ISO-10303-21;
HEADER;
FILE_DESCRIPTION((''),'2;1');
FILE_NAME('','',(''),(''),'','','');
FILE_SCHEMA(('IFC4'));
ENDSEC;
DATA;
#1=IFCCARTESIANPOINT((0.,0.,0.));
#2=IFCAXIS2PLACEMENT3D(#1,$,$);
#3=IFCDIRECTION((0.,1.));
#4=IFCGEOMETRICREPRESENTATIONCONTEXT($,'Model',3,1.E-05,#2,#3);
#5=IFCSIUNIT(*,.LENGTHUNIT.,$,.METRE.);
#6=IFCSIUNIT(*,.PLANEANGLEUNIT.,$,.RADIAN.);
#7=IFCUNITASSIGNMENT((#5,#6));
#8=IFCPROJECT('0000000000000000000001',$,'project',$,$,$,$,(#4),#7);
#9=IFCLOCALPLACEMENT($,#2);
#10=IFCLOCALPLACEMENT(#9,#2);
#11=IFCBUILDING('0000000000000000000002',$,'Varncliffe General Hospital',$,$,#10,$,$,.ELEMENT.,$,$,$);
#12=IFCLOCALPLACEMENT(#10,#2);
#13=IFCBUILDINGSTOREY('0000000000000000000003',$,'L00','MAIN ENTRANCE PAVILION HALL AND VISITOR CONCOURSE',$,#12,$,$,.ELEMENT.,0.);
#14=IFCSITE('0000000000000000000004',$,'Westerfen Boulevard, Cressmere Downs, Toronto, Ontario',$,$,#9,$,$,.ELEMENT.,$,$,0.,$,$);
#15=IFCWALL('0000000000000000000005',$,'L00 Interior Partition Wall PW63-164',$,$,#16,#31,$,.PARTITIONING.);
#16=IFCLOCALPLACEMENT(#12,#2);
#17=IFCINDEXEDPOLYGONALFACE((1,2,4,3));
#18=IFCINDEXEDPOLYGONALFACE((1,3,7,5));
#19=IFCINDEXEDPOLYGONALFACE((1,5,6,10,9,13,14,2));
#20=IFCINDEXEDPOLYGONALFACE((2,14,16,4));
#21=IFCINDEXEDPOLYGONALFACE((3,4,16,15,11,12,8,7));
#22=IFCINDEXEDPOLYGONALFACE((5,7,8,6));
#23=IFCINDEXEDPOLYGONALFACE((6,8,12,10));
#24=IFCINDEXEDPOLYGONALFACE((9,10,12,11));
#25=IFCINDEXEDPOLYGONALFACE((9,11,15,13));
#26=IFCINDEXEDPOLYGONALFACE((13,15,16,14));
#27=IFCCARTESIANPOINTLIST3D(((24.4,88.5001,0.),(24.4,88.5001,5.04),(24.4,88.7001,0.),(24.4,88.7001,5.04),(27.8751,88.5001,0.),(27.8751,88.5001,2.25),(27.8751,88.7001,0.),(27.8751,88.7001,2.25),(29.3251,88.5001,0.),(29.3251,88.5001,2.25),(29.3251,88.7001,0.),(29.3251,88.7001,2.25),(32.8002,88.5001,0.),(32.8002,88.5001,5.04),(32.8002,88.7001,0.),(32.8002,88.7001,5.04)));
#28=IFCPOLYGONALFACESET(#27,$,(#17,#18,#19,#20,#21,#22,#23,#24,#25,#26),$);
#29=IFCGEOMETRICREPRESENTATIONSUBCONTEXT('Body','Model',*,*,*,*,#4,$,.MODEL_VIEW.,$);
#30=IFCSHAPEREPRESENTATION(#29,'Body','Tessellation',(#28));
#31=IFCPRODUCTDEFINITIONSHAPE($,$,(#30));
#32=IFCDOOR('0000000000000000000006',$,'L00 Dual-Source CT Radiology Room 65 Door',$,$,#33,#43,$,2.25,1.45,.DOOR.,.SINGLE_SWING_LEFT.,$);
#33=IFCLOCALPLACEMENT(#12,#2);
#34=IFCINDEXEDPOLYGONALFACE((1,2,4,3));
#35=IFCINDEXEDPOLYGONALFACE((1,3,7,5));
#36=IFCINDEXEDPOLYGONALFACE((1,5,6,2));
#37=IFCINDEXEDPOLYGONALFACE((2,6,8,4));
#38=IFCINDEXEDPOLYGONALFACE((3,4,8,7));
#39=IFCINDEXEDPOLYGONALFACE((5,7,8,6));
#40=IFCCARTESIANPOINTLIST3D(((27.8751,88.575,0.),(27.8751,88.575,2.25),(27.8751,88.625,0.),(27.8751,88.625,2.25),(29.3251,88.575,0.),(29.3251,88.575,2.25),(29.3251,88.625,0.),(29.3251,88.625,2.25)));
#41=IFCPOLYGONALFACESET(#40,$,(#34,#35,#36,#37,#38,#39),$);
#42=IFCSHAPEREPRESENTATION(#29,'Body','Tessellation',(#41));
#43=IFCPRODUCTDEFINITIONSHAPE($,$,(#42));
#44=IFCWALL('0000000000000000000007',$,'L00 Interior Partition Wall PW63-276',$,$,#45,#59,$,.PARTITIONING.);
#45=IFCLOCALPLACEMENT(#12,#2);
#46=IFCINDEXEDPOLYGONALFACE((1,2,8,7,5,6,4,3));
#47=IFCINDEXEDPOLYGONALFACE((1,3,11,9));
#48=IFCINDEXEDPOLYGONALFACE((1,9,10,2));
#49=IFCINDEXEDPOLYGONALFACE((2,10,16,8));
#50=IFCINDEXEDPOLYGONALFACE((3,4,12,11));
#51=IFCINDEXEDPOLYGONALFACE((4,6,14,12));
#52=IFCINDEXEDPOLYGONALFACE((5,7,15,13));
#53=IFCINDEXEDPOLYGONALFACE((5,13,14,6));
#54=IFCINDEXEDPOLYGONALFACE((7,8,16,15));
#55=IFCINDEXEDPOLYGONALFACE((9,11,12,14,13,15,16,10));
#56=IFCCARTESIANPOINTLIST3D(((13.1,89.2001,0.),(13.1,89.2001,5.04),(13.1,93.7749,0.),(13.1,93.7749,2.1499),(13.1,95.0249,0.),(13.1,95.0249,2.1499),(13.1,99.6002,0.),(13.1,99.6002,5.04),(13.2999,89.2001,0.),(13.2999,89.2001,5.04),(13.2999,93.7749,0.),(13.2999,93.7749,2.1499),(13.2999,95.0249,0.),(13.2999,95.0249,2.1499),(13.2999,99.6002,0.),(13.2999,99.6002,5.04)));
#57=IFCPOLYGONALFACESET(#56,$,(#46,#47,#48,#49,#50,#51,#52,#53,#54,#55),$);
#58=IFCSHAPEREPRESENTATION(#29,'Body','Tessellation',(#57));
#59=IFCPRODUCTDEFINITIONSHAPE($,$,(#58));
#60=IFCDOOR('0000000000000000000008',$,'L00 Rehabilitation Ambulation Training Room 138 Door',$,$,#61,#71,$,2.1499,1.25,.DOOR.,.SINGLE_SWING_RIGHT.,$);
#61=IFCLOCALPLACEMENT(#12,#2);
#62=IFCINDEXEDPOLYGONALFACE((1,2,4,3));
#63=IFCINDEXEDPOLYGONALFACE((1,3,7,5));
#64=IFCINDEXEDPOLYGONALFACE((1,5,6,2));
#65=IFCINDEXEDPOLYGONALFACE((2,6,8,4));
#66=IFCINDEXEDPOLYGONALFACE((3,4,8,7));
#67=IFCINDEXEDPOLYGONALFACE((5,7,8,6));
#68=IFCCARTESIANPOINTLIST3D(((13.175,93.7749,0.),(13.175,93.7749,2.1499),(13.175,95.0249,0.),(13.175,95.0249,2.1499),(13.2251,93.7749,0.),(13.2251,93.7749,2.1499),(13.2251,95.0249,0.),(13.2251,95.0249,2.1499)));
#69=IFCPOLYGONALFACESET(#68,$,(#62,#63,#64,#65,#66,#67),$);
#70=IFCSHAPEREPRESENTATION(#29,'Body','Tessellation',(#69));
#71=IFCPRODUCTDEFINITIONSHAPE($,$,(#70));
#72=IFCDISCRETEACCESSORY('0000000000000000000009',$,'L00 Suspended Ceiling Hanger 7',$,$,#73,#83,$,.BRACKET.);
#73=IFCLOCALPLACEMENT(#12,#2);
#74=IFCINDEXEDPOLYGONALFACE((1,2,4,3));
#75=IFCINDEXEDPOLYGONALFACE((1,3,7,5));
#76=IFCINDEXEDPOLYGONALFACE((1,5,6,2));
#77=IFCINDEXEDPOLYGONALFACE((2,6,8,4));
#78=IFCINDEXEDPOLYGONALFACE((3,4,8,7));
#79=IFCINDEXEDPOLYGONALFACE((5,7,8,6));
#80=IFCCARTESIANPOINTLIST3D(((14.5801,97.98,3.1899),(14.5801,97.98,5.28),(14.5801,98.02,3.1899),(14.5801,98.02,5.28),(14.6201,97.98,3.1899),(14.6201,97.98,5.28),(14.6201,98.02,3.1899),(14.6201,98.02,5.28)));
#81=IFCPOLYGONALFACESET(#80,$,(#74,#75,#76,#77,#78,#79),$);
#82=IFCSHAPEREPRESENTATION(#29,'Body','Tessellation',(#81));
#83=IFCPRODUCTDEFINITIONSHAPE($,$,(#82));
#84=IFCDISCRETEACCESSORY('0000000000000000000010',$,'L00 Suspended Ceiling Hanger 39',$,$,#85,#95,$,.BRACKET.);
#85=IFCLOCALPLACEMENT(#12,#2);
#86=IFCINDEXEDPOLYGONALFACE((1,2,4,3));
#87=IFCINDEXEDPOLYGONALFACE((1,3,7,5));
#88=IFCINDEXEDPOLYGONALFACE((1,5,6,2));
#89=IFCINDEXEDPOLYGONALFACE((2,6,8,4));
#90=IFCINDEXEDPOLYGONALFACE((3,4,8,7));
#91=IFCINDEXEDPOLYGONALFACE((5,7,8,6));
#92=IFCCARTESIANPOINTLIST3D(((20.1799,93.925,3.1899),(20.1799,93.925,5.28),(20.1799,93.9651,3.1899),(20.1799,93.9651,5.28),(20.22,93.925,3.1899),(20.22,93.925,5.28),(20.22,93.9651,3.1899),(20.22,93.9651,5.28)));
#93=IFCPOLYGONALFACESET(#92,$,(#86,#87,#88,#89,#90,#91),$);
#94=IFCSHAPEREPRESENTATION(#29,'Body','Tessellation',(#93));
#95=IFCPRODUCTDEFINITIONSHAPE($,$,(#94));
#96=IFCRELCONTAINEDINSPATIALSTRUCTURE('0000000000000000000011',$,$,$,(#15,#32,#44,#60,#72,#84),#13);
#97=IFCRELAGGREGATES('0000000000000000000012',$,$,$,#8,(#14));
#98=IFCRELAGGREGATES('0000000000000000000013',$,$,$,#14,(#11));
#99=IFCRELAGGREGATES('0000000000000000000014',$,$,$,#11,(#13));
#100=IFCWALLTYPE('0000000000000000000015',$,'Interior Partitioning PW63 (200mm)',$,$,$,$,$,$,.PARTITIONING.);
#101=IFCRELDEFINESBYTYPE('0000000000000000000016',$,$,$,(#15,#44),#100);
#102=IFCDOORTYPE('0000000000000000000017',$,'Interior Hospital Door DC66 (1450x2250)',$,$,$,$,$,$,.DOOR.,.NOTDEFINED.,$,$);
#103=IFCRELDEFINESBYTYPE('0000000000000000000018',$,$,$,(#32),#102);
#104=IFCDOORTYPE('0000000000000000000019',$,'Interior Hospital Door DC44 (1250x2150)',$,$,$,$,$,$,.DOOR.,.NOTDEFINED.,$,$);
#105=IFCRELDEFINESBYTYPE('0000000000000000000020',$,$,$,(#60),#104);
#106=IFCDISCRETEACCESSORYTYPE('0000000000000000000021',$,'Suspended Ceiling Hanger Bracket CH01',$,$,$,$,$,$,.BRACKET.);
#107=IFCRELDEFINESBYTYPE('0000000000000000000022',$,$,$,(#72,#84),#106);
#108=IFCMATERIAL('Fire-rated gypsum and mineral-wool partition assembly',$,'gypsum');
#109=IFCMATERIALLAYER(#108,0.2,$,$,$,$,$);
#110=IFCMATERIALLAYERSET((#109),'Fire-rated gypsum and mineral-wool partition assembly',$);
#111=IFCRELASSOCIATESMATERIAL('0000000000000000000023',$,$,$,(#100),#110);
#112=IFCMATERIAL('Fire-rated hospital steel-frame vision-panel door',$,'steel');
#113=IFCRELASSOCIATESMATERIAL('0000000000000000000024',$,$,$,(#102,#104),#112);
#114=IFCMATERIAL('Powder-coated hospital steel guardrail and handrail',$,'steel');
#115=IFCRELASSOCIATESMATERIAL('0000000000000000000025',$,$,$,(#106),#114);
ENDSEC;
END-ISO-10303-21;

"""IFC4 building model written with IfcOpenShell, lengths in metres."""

from ifc_helpers import new_model, si_unit, direction, frame, frame_2d, origin, origin_2d, place, context, subcontext, project, spatial, rectangle, extrude, material, layer, layer_set, type_object, element, fill, save


model = new_model("IFC4")

# Units and contexts
model_context = context("Model", 3, precision=1e-05, world=origin(), true_north=direction((0.0, 1.0)))
body_context = subcontext(model_context, "Body", "Model", "MODEL_VIEW")
ifc_project = project(units=[si_unit("LENGTHUNIT", "METRE"), si_unit("PLANEANGLEUNIT", "RADIAN")], contexts=[model_context])

# Site, building, storey
site_placement = place(None, origin())
site = spatial("IfcSite", under=ifc_project, at=site_placement, Name="Westerfen Boulevard, Cressmere Downs, Toronto, Ontario", CompositionType="ELEMENT", RefElevation=0.0)
building_placement = place(site_placement, origin())
building = spatial("IfcBuilding", under=site, at=building_placement, Name="Varncliffe General Hospital", CompositionType="ELEMENT")
storey_placement = place(building_placement, origin())
storey = spatial("IfcBuildingStorey", under=building, at=storey_placement, Name="L00", Description="MAIN ENTRANCE PAVILION HALL AND VISITOR CONCOURSE", CompositionType="ELEMENT", Elevation=0.0)

# Shared definitions
ifc_material_1 = material(Name="Fire-rated gypsum and mineral-wool partition assembly", Category="gypsum")

# Walls, openings, doors
ifc_layer_1 = layer(ifc_material_1, 0.2)
ifc_layer_set_1 = layer_set([ifc_layer_1], Name="Fire-rated gypsum and mineral-wool partition assembly")
wall_type_1 = type_object("IfcWallType", Name="Interior Partitioning PW63 (200mm)", PredefinedType="PARTITIONING", material=ifc_layer_set_1)
ifc_material_2 = material(Name="Fire-rated hospital steel-frame vision-panel door", Category="steel")
wall_1_placement = place(storey_placement, frame((24.3999, 88.6001, 0.0), z_axis=(0.0, 0.0, 1.0), x_axis=(1.0, 0.0, 0.0)))
wall_1 = element("IfcWall", 1, at=wall_1_placement, inside=storey, type_object=wall_type_1, Name="L00 Interior Partition Wall PW63-164", PredefinedType="PARTITIONING", context=body_context, shape_type="SweptSolid", body=[
    extrude(rectangle(XDim=8.4001, YDim=0.2, at=frame_2d((4.2002, 0.0))), origin(), (0.0, 0.0, 1.0), 5.04),
])
opening_1_placement = place(wall_1_placement, frame((3.4751, 0.0, 0.0)))
opening_1 = element("IfcOpeningElement", 2, at=opening_1_placement, cuts=wall_1, PredefinedType="OPENING", context=body_context, shape_type="SweptSolid", body=[
    extrude(rectangle(XDim=1.45, YDim=2.25, at=frame_2d((0.7251, 1.125))), frame((0.0, 0.1099, 0.0), z_axis=(0.0, -1.0, 0.0), x_axis=(1.0, 0.0, 0.0)), (0.0, 0.0, 1.0), 0.22),
])
door_type_1 = type_object("IfcDoorType", Name="Interior Hospital Door DC66 (1450x2250)", OperationType="NOTDEFINED", PredefinedType="DOOR", material=ifc_material_2)
door_1_placement = place(opening_1_placement, origin())
door_1 = element("IfcDoor", 3, at=door_1_placement, inside=storey, type_object=door_type_1, Name="L00 Dual-Source CT Radiology Room 65 Door", OperationType="SINGLE_SWING_LEFT", OverallHeight=2.25, OverallWidth=1.45, PredefinedType="DOOR", context=body_context, shape_type="SweptSolid", body=[
    extrude(rectangle(XDim=1.45, YDim=2.25, at=frame_2d((0.7251, 1.125))), frame((0.0, 0.0249, 0.0), z_axis=(0.0, -1.0, 0.0), x_axis=(1.0, 0.0, 0.0)), (0.0, 0.0, 1.0), 0.05),
])
fill(opening_1, door_1)
wall_2_placement = place(storey_placement, frame((13.2, 89.2, 0.0), z_axis=(0.0, 0.0, 1.0), x_axis=(0.0, 1.0, 0.0)))
wall_2 = element("IfcWall", 4, at=wall_2_placement, inside=storey, type_object=wall_type_1, Name="L00 Interior Partition Wall PW63-276", PredefinedType="PARTITIONING", context=body_context, shape_type="SweptSolid", body=[
    extrude(rectangle(XDim=10.4001, YDim=0.2, at=frame_2d((5.2002, 0.0))), origin(), (0.0, 0.0, 1.0), 5.04),
])
opening_2_placement = place(wall_2_placement, frame((4.575, 0.0, 0.0)))
opening_2 = element("IfcOpeningElement", 5, at=opening_2_placement, cuts=wall_2, PredefinedType="OPENING", context=body_context, shape_type="SweptSolid", body=[
    extrude(rectangle(XDim=1.25, YDim=2.1499, at=frame_2d((0.625, 1.075))), frame((0.0, 0.1099, 0.0), z_axis=(0.0, -1.0, 0.0), x_axis=(1.0, 0.0, 0.0)), (0.0, 0.0, 1.0), 0.22),
])
door_type_2 = type_object("IfcDoorType", Name="Interior Hospital Door DC44 (1250x2150)", OperationType="NOTDEFINED", PredefinedType="DOOR", material=ifc_material_2)
door_2_placement = place(opening_2_placement, origin())
door_2 = element("IfcDoor", 6, at=door_2_placement, inside=storey, type_object=door_type_2, Name="L00 Rehabilitation Ambulation Training Room 138 Door", OperationType="SINGLE_SWING_RIGHT", OverallHeight=2.1499, OverallWidth=1.25, PredefinedType="DOOR", context=body_context, shape_type="SweptSolid", body=[
    extrude(rectangle(XDim=1.25, YDim=2.1499, at=frame_2d((0.625, 1.075))), frame((0.0, 0.0249, 0.0), z_axis=(0.0, -1.0, 0.0), x_axis=(1.0, 0.0, 0.0)), (0.0, 0.0, 1.0), 0.05),
])
fill(opening_2, door_2)

# Discrete accessories
ifc_material_3 = material(Name="Powder-coated hospital steel guardrail and handrail", Category="steel")
discrete_accessory_type = type_object("IfcDiscreteAccessoryType", Name="Suspended Ceiling Hanger Bracket CH01", PredefinedType="BRACKET", material=ifc_material_3)
for number, where, z_axis, x_axis, name in (
    (7, (14.6001, 98.0, 3.1899), (0.0, 0.0, 1.0), (1.0, 0.0, 0.0), "L00 Suspended Ceiling Hanger 7"),
    (8, (20.2, 93.9451, 3.1899), (0.0, 0.0, 1.0), (1.0, 0.0, 0.0), "L00 Suspended Ceiling Hanger 39"),
):
    element("IfcDiscreteAccessory", number, at=place(storey_placement, frame(where, z_axis=z_axis, x_axis=x_axis)), inside=storey, type_object=discrete_accessory_type, Name=name, PredefinedType="BRACKET", context=body_context, shape_type="SweptSolid", body=[
        extrude(rectangle(XDim=0.04, YDim=0.04, at=origin_2d()), origin(), (0.0, 0.0, 1.0), 2.0901),
    ])

save(model, "model.ifc")
